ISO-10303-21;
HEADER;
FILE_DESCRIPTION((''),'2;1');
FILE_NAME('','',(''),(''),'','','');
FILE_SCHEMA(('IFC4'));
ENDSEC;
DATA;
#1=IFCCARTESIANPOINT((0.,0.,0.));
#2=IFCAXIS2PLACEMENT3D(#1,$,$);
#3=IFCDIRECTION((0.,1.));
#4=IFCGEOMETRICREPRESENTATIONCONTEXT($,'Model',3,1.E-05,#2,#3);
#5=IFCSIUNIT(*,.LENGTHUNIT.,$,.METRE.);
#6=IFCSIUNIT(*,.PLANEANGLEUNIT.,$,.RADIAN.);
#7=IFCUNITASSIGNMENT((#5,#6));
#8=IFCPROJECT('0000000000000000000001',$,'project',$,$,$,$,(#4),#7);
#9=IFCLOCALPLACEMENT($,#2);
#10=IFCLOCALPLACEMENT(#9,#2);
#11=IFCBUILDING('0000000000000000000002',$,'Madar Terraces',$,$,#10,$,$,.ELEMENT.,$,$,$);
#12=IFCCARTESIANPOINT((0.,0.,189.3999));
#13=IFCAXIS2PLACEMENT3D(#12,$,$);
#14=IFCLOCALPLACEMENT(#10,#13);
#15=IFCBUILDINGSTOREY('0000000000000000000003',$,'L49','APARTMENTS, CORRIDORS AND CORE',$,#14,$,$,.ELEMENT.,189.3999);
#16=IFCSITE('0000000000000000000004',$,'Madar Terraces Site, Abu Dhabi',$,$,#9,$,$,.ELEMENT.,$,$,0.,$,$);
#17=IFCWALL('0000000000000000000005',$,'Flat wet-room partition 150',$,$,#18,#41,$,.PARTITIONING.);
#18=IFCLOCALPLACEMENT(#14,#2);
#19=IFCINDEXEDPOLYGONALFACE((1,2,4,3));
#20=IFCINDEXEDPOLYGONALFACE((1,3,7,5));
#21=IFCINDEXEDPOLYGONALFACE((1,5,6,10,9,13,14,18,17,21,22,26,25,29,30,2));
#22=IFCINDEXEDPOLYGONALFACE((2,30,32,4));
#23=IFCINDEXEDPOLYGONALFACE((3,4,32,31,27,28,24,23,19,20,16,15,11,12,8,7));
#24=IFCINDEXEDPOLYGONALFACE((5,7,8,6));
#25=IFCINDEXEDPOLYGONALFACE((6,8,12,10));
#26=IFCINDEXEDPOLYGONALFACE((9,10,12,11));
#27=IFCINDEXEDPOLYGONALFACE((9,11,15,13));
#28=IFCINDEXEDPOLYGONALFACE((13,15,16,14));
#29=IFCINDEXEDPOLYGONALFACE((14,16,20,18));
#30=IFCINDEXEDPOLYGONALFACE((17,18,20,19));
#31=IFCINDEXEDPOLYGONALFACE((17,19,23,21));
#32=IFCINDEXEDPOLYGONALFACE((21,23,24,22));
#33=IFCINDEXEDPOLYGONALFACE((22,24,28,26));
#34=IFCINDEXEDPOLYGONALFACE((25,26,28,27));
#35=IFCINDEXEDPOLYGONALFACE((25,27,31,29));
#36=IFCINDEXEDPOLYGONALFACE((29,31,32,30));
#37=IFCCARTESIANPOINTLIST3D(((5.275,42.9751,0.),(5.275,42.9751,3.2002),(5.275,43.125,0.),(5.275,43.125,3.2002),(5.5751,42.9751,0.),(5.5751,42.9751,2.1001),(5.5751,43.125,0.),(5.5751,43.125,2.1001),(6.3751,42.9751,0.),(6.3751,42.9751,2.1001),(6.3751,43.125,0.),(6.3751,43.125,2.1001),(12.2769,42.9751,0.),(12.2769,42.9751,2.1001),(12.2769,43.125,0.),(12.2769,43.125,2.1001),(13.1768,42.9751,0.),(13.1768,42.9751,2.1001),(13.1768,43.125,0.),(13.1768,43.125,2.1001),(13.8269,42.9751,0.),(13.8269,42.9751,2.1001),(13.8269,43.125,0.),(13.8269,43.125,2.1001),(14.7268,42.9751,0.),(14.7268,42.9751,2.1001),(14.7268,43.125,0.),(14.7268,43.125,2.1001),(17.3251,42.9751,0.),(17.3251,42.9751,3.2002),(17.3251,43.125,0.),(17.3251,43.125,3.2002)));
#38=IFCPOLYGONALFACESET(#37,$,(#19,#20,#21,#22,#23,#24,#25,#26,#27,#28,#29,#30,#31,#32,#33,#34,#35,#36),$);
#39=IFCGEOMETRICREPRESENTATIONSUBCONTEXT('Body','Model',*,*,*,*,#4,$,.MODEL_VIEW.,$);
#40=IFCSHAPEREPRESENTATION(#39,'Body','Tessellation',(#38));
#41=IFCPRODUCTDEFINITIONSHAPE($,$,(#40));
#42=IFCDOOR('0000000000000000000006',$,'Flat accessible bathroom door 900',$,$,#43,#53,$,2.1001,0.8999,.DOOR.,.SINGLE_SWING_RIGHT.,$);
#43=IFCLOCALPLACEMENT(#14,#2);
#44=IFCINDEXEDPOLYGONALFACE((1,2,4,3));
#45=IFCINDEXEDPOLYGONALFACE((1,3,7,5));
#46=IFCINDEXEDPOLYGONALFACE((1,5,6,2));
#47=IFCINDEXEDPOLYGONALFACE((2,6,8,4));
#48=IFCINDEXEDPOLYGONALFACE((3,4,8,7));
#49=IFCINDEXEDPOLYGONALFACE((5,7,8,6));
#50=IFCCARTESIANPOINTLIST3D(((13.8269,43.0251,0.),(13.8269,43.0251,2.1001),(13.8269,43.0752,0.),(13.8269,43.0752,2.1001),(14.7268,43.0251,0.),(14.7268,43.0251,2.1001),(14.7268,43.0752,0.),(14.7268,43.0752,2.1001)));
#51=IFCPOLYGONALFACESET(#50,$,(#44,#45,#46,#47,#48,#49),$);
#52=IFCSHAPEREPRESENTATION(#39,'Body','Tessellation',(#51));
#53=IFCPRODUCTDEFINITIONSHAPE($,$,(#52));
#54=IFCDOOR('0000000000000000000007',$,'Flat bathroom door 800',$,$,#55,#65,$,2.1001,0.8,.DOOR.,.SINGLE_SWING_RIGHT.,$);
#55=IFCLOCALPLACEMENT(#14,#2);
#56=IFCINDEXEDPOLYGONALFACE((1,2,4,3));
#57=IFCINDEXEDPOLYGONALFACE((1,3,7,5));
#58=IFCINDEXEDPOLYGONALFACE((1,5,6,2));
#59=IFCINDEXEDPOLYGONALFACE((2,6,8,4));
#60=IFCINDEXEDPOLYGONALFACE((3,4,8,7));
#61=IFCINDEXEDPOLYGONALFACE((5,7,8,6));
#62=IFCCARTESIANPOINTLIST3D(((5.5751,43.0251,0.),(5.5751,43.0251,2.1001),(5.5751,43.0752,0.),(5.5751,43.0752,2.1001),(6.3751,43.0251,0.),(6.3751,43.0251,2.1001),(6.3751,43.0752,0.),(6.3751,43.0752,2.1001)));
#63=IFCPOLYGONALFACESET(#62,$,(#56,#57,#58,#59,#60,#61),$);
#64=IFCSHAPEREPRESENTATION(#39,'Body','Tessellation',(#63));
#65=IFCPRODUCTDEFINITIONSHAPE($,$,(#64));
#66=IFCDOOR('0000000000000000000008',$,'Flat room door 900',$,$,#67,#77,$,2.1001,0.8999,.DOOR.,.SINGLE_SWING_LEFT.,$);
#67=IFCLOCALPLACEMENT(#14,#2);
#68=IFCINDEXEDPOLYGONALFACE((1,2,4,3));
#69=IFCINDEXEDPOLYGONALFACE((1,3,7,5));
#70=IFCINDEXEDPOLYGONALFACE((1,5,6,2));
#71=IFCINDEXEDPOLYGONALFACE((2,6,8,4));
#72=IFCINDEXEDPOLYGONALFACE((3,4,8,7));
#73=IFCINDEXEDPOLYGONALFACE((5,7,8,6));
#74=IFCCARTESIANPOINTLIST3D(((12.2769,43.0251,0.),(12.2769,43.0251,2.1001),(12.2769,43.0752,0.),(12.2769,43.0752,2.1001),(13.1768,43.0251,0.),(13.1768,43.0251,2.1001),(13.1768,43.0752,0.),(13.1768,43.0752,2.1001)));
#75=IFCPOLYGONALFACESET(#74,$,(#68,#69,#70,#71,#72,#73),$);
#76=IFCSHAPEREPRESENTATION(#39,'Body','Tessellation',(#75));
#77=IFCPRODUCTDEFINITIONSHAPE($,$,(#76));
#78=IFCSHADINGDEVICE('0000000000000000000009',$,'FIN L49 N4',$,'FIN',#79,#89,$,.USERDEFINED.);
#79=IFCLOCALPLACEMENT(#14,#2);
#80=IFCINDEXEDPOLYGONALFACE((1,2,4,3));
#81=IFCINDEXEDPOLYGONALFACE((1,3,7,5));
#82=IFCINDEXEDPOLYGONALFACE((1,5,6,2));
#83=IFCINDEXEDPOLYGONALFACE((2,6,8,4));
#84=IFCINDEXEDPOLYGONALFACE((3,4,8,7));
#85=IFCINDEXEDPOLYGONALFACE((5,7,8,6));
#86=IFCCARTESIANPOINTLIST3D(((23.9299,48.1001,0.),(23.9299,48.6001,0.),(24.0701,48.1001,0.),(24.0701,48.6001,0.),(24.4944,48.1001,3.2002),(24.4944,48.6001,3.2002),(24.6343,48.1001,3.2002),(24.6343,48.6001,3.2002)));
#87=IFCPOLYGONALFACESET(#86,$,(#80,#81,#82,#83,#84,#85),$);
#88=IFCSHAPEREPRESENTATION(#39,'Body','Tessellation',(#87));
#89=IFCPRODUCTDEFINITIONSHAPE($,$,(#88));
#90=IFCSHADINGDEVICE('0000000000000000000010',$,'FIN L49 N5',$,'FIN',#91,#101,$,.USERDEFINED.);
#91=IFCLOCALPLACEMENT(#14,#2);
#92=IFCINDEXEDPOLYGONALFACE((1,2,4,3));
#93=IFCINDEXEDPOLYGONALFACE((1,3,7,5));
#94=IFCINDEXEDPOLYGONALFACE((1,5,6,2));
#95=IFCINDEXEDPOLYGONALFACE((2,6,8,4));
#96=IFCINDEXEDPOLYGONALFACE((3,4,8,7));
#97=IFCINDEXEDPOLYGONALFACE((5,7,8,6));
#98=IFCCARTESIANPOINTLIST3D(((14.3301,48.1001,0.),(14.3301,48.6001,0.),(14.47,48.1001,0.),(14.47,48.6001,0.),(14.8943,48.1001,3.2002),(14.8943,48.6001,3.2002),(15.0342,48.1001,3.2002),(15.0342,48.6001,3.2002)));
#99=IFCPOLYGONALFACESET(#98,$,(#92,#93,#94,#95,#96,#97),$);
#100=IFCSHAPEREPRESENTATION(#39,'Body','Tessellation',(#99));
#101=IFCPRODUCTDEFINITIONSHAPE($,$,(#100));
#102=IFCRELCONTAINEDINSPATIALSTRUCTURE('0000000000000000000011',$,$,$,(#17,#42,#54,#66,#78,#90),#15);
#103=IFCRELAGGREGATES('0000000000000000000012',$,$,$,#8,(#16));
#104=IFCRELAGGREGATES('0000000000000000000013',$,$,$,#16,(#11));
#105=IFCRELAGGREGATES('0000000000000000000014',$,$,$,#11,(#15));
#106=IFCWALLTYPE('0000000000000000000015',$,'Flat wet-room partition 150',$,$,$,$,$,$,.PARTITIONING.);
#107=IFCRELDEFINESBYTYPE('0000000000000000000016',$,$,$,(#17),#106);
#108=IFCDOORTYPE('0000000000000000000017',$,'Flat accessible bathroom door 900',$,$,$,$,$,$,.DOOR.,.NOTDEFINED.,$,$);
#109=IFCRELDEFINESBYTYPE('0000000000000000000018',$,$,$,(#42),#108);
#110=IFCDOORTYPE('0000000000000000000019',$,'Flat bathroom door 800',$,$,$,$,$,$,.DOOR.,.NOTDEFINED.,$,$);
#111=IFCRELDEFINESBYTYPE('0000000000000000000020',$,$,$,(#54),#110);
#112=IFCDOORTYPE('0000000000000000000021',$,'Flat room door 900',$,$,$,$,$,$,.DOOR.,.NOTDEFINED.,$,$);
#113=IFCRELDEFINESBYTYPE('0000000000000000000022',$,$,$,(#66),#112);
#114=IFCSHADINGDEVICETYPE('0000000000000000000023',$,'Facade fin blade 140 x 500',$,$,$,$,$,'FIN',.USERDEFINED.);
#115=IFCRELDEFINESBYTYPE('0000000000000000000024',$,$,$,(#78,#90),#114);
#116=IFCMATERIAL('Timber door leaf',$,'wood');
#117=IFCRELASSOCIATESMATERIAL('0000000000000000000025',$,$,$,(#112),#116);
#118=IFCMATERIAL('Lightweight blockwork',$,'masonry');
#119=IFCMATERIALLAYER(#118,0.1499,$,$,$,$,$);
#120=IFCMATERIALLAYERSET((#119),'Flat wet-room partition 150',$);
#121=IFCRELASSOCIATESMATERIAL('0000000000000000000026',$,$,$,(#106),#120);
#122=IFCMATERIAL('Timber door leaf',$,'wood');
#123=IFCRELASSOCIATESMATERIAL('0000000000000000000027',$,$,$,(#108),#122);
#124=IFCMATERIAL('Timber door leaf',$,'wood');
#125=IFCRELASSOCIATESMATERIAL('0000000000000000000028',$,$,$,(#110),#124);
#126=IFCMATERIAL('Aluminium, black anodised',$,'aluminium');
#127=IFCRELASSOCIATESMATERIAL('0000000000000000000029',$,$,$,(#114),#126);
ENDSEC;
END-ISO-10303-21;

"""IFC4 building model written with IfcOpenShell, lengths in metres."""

from ifc_helpers import new_model, si_unit, direction, frame, frame_2d, origin, place, context, subcontext, project, spatial, polyline, rectangle, outline, extrude, material, layer, layer_set, type_object, element, fill, save


model = new_model("IFC4")

# Units and contexts
model_context = context("Model", 3, precision=1e-05, world=origin(), true_north=direction((0.0, 1.0)))
body_context = subcontext(model_context, "Body", "Model", "MODEL_VIEW")
ifc_project = project(units=[si_unit("LENGTHUNIT", "METRE"), si_unit("PLANEANGLEUNIT", "RADIAN")], contexts=[model_context])

# Site, building, storey
site_placement = place(None, origin())
site = spatial("IfcSite", under=ifc_project, at=site_placement, Name="Madar Terraces Site, Abu Dhabi", CompositionType="ELEMENT", RefElevation=0.0)
building_placement = place(site_placement, origin())
building = spatial("IfcBuilding", under=site, at=building_placement, Name="Madar Terraces", CompositionType="ELEMENT")
storey_placement = place(building_placement, frame((0.0, 0.0, 189.3999)))
storey = spatial("IfcBuildingStorey", under=building, at=storey_placement, Name="L49", Description="APARTMENTS, CORRIDORS AND CORE", CompositionType="ELEMENT", Elevation=189.3999)

# Shared definitions
ifc_material_1 = material(Name="Timber door leaf", Category="wood")
door_type_1 = type_object("IfcDoorType", Name="Flat room door 900", OperationType="NOTDEFINED", PredefinedType="DOOR", material=ifc_material_1)

# Shared definitions
ifc_material_2 = material(Name="Lightweight blockwork", Category="masonry")
ifc_layer_1 = layer(ifc_material_2, 0.1499)
ifc_layer_set_1 = layer_set([ifc_layer_1], Name="Flat wet-room partition 150")
wall_type_1 = type_object("IfcWallType", Name="Flat wet-room partition 150", PredefinedType="PARTITIONING", material=ifc_layer_set_1)

# Wall, openings, doors
wall_1_placement = place(storey_placement, frame((17.325, 43.05, 0.0), z_axis=(0.0, 0.0, 1.0), x_axis=(-1.0, 0.0, 0.0)))
wall_1 = element("IfcWall", 1, at=wall_1_placement, inside=storey, type_object=wall_type_1, Name="Flat wet-room partition 150", PredefinedType="PARTITIONING", context=body_context, shape_type="SweptSolid", body=[
    extrude(rectangle(XDim=12.05, YDim=0.1499, at=frame_2d((6.0249, 0.0))), origin(), (0.0, 0.0, 1.0), 3.2002),
])
opening_1_placement = place(wall_1_placement, frame((2.5981, 0.0, 0.0)))
opening_1 = element("IfcOpeningElement", 2, at=opening_1_placement, cuts=wall_1, PredefinedType="OPENING", context=body_context, shape_type="SweptSolid", body=[
    extrude(rectangle(XDim=0.8999, YDim=2.1001, at=frame_2d((0.45, 1.05))), frame((0.0, 0.085, 0.0), z_axis=(0.0, -1.0, 0.0), x_axis=(1.0, 0.0, 0.0)), (0.0, 0.0, 1.0), 0.1699),
])
opening_2_placement = place(wall_1_placement, frame((4.1482, 0.0, 0.0)))
opening_2 = element("IfcOpeningElement", 3, at=opening_2_placement, cuts=wall_1, PredefinedType="OPENING", context=body_context, shape_type="SweptSolid", body=[
    extrude(rectangle(XDim=0.8999, YDim=2.1001, at=frame_2d((0.45, 1.05))), frame((0.0, 0.085, 0.0), z_axis=(0.0, -1.0, 0.0), x_axis=(1.0, 0.0, 0.0)), (0.0, 0.0, 1.0), 0.1699),
])
opening_3_placement = place(wall_1_placement, frame((10.95, 0.0, 0.0)))
opening_3 = element("IfcOpeningElement", 4, at=opening_3_placement, cuts=wall_1, PredefinedType="OPENING", context=body_context, shape_type="SweptSolid", body=[
    extrude(rectangle(XDim=0.8, YDim=2.1001, at=frame_2d((0.3999, 1.05))), frame((0.0, 0.085, 0.0), z_axis=(0.0, -1.0, 0.0), x_axis=(1.0, 0.0, 0.0)), (0.0, 0.0, 1.0), 0.1699),
])
ifc_material_3 = material(Name="Timber door leaf", Category="wood")
door_type_2 = type_object("IfcDoorType", Name="Flat accessible bathroom door 900", OperationType="NOTDEFINED", PredefinedType="DOOR", material=ifc_material_3)
door_1_placement = place(opening_1_placement, origin())
door_1 = element("IfcDoor", 5, at=door_1_placement, inside=storey, type_object=door_type_2, Name="Flat accessible bathroom door 900", OperationType="SINGLE_SWING_RIGHT", OverallHeight=2.1001, OverallWidth=0.8999, PredefinedType="DOOR", context=body_context, shape_type="SweptSolid", body=[
    extrude(rectangle(XDim=0.8999, YDim=2.1001, at=frame_2d((0.45, 1.05))), frame((0.0, 0.0249, 0.0), z_axis=(0.0, -1.0, 0.0), x_axis=(1.0, 0.0, 0.0)), (0.0, 0.0, 1.0), 0.05),
])
fill(opening_1, door_1)
ifc_material_4 = material(Name="Timber door leaf", Category="wood")
door_type_3 = type_object("IfcDoorType", Name="Flat bathroom door 800", OperationType="NOTDEFINED", PredefinedType="DOOR", material=ifc_material_4)
door_2_placement = place(opening_3_placement, origin())
door_2 = element("IfcDoor", 6, at=door_2_placement, inside=storey, type_object=door_type_3, Name="Flat bathroom door 800", OperationType="SINGLE_SWING_RIGHT", OverallHeight=2.1001, OverallWidth=0.8, PredefinedType="DOOR", context=body_context, shape_type="SweptSolid", body=[
    extrude(rectangle(XDim=0.8, YDim=2.1001, at=frame_2d((0.3999, 1.05))), frame((0.0, 0.0249, 0.0), z_axis=(0.0, -1.0, 0.0), x_axis=(1.0, 0.0, 0.0)), (0.0, 0.0, 1.0), 0.05),
])
fill(opening_3, door_2)
door_3_placement = place(opening_2_placement, origin())
door_3 = element("IfcDoor", 7, at=door_3_placement, inside=storey, type_object=door_type_1, Name="Flat room door 900", OperationType="SINGLE_SWING_LEFT", OverallHeight=2.1001, OverallWidth=0.8999, PredefinedType="DOOR", context=body_context, shape_type="SweptSolid", body=[
    extrude(rectangle(XDim=0.8999, YDim=2.1001, at=frame_2d((0.45, 1.05))), frame((0.0, 0.0249, 0.0), z_axis=(0.0, -1.0, 0.0), x_axis=(1.0, 0.0, 0.0)), (0.0, 0.0, 1.0), 0.05),
])
fill(opening_2, door_3)

# Shading devices
ifc_material_5 = material(Name="Aluminium, black anodised", Category="aluminium")
shading_device_type = type_object("IfcShadingDeviceType", Name="Facade fin blade 140 x 500", ElementType="FIN", PredefinedType="USERDEFINED", material=ifc_material_5)
shading_device_1_placement = place(storey_placement, frame((24.0701, 48.3501, 0.0), z_axis=(0.0, 0.0, 1.0), x_axis=(-1.0, 0.0, 0.0)))
element("IfcShadingDevice", 8, at=shading_device_1_placement, inside=storey, type_object=shading_device_type, Name="FIN L49 N4", ObjectType="FIN", PredefinedType="USERDEFINED", context=body_context, shape_type="SweptSolid", body=[
    extrude(outline(polyline([(0.0, 0.0), (0.1401, 0.0), (-0.4243, 3.2002), (-0.5642, 3.2002), (0.0, 0.0)])), frame((0.0, 0.25, 0.0), z_axis=(0.0, -1.0, 0.0), x_axis=(1.0, 0.0, 0.0)), (0.0, 0.0, 1.0), 0.5),
])
shading_device_2_placement = place(storey_placement, frame((14.47, 48.3501, 0.0), z_axis=(0.0, 0.0, 1.0), x_axis=(-1.0, 0.0, 0.0)))
element("IfcShadingDevice", 9, at=shading_device_2_placement, inside=storey, type_object=shading_device_type, Name="FIN L49 N5", ObjectType="FIN", PredefinedType="USERDEFINED", context=body_context, shape_type="SweptSolid", body=[
    extrude(outline(polyline([(0.0, 0.0), (0.1399, 0.0), (-0.4243, 3.2002), (-0.5642, 3.2002), (0.0, 0.0)])), frame((0.0, 0.25, 0.0), z_axis=(0.0, -1.0, 0.0), x_axis=(1.0, 0.0, 0.0)), (0.0, 0.0, 1.0), 0.5),
])

save(model, "model.ifc")
